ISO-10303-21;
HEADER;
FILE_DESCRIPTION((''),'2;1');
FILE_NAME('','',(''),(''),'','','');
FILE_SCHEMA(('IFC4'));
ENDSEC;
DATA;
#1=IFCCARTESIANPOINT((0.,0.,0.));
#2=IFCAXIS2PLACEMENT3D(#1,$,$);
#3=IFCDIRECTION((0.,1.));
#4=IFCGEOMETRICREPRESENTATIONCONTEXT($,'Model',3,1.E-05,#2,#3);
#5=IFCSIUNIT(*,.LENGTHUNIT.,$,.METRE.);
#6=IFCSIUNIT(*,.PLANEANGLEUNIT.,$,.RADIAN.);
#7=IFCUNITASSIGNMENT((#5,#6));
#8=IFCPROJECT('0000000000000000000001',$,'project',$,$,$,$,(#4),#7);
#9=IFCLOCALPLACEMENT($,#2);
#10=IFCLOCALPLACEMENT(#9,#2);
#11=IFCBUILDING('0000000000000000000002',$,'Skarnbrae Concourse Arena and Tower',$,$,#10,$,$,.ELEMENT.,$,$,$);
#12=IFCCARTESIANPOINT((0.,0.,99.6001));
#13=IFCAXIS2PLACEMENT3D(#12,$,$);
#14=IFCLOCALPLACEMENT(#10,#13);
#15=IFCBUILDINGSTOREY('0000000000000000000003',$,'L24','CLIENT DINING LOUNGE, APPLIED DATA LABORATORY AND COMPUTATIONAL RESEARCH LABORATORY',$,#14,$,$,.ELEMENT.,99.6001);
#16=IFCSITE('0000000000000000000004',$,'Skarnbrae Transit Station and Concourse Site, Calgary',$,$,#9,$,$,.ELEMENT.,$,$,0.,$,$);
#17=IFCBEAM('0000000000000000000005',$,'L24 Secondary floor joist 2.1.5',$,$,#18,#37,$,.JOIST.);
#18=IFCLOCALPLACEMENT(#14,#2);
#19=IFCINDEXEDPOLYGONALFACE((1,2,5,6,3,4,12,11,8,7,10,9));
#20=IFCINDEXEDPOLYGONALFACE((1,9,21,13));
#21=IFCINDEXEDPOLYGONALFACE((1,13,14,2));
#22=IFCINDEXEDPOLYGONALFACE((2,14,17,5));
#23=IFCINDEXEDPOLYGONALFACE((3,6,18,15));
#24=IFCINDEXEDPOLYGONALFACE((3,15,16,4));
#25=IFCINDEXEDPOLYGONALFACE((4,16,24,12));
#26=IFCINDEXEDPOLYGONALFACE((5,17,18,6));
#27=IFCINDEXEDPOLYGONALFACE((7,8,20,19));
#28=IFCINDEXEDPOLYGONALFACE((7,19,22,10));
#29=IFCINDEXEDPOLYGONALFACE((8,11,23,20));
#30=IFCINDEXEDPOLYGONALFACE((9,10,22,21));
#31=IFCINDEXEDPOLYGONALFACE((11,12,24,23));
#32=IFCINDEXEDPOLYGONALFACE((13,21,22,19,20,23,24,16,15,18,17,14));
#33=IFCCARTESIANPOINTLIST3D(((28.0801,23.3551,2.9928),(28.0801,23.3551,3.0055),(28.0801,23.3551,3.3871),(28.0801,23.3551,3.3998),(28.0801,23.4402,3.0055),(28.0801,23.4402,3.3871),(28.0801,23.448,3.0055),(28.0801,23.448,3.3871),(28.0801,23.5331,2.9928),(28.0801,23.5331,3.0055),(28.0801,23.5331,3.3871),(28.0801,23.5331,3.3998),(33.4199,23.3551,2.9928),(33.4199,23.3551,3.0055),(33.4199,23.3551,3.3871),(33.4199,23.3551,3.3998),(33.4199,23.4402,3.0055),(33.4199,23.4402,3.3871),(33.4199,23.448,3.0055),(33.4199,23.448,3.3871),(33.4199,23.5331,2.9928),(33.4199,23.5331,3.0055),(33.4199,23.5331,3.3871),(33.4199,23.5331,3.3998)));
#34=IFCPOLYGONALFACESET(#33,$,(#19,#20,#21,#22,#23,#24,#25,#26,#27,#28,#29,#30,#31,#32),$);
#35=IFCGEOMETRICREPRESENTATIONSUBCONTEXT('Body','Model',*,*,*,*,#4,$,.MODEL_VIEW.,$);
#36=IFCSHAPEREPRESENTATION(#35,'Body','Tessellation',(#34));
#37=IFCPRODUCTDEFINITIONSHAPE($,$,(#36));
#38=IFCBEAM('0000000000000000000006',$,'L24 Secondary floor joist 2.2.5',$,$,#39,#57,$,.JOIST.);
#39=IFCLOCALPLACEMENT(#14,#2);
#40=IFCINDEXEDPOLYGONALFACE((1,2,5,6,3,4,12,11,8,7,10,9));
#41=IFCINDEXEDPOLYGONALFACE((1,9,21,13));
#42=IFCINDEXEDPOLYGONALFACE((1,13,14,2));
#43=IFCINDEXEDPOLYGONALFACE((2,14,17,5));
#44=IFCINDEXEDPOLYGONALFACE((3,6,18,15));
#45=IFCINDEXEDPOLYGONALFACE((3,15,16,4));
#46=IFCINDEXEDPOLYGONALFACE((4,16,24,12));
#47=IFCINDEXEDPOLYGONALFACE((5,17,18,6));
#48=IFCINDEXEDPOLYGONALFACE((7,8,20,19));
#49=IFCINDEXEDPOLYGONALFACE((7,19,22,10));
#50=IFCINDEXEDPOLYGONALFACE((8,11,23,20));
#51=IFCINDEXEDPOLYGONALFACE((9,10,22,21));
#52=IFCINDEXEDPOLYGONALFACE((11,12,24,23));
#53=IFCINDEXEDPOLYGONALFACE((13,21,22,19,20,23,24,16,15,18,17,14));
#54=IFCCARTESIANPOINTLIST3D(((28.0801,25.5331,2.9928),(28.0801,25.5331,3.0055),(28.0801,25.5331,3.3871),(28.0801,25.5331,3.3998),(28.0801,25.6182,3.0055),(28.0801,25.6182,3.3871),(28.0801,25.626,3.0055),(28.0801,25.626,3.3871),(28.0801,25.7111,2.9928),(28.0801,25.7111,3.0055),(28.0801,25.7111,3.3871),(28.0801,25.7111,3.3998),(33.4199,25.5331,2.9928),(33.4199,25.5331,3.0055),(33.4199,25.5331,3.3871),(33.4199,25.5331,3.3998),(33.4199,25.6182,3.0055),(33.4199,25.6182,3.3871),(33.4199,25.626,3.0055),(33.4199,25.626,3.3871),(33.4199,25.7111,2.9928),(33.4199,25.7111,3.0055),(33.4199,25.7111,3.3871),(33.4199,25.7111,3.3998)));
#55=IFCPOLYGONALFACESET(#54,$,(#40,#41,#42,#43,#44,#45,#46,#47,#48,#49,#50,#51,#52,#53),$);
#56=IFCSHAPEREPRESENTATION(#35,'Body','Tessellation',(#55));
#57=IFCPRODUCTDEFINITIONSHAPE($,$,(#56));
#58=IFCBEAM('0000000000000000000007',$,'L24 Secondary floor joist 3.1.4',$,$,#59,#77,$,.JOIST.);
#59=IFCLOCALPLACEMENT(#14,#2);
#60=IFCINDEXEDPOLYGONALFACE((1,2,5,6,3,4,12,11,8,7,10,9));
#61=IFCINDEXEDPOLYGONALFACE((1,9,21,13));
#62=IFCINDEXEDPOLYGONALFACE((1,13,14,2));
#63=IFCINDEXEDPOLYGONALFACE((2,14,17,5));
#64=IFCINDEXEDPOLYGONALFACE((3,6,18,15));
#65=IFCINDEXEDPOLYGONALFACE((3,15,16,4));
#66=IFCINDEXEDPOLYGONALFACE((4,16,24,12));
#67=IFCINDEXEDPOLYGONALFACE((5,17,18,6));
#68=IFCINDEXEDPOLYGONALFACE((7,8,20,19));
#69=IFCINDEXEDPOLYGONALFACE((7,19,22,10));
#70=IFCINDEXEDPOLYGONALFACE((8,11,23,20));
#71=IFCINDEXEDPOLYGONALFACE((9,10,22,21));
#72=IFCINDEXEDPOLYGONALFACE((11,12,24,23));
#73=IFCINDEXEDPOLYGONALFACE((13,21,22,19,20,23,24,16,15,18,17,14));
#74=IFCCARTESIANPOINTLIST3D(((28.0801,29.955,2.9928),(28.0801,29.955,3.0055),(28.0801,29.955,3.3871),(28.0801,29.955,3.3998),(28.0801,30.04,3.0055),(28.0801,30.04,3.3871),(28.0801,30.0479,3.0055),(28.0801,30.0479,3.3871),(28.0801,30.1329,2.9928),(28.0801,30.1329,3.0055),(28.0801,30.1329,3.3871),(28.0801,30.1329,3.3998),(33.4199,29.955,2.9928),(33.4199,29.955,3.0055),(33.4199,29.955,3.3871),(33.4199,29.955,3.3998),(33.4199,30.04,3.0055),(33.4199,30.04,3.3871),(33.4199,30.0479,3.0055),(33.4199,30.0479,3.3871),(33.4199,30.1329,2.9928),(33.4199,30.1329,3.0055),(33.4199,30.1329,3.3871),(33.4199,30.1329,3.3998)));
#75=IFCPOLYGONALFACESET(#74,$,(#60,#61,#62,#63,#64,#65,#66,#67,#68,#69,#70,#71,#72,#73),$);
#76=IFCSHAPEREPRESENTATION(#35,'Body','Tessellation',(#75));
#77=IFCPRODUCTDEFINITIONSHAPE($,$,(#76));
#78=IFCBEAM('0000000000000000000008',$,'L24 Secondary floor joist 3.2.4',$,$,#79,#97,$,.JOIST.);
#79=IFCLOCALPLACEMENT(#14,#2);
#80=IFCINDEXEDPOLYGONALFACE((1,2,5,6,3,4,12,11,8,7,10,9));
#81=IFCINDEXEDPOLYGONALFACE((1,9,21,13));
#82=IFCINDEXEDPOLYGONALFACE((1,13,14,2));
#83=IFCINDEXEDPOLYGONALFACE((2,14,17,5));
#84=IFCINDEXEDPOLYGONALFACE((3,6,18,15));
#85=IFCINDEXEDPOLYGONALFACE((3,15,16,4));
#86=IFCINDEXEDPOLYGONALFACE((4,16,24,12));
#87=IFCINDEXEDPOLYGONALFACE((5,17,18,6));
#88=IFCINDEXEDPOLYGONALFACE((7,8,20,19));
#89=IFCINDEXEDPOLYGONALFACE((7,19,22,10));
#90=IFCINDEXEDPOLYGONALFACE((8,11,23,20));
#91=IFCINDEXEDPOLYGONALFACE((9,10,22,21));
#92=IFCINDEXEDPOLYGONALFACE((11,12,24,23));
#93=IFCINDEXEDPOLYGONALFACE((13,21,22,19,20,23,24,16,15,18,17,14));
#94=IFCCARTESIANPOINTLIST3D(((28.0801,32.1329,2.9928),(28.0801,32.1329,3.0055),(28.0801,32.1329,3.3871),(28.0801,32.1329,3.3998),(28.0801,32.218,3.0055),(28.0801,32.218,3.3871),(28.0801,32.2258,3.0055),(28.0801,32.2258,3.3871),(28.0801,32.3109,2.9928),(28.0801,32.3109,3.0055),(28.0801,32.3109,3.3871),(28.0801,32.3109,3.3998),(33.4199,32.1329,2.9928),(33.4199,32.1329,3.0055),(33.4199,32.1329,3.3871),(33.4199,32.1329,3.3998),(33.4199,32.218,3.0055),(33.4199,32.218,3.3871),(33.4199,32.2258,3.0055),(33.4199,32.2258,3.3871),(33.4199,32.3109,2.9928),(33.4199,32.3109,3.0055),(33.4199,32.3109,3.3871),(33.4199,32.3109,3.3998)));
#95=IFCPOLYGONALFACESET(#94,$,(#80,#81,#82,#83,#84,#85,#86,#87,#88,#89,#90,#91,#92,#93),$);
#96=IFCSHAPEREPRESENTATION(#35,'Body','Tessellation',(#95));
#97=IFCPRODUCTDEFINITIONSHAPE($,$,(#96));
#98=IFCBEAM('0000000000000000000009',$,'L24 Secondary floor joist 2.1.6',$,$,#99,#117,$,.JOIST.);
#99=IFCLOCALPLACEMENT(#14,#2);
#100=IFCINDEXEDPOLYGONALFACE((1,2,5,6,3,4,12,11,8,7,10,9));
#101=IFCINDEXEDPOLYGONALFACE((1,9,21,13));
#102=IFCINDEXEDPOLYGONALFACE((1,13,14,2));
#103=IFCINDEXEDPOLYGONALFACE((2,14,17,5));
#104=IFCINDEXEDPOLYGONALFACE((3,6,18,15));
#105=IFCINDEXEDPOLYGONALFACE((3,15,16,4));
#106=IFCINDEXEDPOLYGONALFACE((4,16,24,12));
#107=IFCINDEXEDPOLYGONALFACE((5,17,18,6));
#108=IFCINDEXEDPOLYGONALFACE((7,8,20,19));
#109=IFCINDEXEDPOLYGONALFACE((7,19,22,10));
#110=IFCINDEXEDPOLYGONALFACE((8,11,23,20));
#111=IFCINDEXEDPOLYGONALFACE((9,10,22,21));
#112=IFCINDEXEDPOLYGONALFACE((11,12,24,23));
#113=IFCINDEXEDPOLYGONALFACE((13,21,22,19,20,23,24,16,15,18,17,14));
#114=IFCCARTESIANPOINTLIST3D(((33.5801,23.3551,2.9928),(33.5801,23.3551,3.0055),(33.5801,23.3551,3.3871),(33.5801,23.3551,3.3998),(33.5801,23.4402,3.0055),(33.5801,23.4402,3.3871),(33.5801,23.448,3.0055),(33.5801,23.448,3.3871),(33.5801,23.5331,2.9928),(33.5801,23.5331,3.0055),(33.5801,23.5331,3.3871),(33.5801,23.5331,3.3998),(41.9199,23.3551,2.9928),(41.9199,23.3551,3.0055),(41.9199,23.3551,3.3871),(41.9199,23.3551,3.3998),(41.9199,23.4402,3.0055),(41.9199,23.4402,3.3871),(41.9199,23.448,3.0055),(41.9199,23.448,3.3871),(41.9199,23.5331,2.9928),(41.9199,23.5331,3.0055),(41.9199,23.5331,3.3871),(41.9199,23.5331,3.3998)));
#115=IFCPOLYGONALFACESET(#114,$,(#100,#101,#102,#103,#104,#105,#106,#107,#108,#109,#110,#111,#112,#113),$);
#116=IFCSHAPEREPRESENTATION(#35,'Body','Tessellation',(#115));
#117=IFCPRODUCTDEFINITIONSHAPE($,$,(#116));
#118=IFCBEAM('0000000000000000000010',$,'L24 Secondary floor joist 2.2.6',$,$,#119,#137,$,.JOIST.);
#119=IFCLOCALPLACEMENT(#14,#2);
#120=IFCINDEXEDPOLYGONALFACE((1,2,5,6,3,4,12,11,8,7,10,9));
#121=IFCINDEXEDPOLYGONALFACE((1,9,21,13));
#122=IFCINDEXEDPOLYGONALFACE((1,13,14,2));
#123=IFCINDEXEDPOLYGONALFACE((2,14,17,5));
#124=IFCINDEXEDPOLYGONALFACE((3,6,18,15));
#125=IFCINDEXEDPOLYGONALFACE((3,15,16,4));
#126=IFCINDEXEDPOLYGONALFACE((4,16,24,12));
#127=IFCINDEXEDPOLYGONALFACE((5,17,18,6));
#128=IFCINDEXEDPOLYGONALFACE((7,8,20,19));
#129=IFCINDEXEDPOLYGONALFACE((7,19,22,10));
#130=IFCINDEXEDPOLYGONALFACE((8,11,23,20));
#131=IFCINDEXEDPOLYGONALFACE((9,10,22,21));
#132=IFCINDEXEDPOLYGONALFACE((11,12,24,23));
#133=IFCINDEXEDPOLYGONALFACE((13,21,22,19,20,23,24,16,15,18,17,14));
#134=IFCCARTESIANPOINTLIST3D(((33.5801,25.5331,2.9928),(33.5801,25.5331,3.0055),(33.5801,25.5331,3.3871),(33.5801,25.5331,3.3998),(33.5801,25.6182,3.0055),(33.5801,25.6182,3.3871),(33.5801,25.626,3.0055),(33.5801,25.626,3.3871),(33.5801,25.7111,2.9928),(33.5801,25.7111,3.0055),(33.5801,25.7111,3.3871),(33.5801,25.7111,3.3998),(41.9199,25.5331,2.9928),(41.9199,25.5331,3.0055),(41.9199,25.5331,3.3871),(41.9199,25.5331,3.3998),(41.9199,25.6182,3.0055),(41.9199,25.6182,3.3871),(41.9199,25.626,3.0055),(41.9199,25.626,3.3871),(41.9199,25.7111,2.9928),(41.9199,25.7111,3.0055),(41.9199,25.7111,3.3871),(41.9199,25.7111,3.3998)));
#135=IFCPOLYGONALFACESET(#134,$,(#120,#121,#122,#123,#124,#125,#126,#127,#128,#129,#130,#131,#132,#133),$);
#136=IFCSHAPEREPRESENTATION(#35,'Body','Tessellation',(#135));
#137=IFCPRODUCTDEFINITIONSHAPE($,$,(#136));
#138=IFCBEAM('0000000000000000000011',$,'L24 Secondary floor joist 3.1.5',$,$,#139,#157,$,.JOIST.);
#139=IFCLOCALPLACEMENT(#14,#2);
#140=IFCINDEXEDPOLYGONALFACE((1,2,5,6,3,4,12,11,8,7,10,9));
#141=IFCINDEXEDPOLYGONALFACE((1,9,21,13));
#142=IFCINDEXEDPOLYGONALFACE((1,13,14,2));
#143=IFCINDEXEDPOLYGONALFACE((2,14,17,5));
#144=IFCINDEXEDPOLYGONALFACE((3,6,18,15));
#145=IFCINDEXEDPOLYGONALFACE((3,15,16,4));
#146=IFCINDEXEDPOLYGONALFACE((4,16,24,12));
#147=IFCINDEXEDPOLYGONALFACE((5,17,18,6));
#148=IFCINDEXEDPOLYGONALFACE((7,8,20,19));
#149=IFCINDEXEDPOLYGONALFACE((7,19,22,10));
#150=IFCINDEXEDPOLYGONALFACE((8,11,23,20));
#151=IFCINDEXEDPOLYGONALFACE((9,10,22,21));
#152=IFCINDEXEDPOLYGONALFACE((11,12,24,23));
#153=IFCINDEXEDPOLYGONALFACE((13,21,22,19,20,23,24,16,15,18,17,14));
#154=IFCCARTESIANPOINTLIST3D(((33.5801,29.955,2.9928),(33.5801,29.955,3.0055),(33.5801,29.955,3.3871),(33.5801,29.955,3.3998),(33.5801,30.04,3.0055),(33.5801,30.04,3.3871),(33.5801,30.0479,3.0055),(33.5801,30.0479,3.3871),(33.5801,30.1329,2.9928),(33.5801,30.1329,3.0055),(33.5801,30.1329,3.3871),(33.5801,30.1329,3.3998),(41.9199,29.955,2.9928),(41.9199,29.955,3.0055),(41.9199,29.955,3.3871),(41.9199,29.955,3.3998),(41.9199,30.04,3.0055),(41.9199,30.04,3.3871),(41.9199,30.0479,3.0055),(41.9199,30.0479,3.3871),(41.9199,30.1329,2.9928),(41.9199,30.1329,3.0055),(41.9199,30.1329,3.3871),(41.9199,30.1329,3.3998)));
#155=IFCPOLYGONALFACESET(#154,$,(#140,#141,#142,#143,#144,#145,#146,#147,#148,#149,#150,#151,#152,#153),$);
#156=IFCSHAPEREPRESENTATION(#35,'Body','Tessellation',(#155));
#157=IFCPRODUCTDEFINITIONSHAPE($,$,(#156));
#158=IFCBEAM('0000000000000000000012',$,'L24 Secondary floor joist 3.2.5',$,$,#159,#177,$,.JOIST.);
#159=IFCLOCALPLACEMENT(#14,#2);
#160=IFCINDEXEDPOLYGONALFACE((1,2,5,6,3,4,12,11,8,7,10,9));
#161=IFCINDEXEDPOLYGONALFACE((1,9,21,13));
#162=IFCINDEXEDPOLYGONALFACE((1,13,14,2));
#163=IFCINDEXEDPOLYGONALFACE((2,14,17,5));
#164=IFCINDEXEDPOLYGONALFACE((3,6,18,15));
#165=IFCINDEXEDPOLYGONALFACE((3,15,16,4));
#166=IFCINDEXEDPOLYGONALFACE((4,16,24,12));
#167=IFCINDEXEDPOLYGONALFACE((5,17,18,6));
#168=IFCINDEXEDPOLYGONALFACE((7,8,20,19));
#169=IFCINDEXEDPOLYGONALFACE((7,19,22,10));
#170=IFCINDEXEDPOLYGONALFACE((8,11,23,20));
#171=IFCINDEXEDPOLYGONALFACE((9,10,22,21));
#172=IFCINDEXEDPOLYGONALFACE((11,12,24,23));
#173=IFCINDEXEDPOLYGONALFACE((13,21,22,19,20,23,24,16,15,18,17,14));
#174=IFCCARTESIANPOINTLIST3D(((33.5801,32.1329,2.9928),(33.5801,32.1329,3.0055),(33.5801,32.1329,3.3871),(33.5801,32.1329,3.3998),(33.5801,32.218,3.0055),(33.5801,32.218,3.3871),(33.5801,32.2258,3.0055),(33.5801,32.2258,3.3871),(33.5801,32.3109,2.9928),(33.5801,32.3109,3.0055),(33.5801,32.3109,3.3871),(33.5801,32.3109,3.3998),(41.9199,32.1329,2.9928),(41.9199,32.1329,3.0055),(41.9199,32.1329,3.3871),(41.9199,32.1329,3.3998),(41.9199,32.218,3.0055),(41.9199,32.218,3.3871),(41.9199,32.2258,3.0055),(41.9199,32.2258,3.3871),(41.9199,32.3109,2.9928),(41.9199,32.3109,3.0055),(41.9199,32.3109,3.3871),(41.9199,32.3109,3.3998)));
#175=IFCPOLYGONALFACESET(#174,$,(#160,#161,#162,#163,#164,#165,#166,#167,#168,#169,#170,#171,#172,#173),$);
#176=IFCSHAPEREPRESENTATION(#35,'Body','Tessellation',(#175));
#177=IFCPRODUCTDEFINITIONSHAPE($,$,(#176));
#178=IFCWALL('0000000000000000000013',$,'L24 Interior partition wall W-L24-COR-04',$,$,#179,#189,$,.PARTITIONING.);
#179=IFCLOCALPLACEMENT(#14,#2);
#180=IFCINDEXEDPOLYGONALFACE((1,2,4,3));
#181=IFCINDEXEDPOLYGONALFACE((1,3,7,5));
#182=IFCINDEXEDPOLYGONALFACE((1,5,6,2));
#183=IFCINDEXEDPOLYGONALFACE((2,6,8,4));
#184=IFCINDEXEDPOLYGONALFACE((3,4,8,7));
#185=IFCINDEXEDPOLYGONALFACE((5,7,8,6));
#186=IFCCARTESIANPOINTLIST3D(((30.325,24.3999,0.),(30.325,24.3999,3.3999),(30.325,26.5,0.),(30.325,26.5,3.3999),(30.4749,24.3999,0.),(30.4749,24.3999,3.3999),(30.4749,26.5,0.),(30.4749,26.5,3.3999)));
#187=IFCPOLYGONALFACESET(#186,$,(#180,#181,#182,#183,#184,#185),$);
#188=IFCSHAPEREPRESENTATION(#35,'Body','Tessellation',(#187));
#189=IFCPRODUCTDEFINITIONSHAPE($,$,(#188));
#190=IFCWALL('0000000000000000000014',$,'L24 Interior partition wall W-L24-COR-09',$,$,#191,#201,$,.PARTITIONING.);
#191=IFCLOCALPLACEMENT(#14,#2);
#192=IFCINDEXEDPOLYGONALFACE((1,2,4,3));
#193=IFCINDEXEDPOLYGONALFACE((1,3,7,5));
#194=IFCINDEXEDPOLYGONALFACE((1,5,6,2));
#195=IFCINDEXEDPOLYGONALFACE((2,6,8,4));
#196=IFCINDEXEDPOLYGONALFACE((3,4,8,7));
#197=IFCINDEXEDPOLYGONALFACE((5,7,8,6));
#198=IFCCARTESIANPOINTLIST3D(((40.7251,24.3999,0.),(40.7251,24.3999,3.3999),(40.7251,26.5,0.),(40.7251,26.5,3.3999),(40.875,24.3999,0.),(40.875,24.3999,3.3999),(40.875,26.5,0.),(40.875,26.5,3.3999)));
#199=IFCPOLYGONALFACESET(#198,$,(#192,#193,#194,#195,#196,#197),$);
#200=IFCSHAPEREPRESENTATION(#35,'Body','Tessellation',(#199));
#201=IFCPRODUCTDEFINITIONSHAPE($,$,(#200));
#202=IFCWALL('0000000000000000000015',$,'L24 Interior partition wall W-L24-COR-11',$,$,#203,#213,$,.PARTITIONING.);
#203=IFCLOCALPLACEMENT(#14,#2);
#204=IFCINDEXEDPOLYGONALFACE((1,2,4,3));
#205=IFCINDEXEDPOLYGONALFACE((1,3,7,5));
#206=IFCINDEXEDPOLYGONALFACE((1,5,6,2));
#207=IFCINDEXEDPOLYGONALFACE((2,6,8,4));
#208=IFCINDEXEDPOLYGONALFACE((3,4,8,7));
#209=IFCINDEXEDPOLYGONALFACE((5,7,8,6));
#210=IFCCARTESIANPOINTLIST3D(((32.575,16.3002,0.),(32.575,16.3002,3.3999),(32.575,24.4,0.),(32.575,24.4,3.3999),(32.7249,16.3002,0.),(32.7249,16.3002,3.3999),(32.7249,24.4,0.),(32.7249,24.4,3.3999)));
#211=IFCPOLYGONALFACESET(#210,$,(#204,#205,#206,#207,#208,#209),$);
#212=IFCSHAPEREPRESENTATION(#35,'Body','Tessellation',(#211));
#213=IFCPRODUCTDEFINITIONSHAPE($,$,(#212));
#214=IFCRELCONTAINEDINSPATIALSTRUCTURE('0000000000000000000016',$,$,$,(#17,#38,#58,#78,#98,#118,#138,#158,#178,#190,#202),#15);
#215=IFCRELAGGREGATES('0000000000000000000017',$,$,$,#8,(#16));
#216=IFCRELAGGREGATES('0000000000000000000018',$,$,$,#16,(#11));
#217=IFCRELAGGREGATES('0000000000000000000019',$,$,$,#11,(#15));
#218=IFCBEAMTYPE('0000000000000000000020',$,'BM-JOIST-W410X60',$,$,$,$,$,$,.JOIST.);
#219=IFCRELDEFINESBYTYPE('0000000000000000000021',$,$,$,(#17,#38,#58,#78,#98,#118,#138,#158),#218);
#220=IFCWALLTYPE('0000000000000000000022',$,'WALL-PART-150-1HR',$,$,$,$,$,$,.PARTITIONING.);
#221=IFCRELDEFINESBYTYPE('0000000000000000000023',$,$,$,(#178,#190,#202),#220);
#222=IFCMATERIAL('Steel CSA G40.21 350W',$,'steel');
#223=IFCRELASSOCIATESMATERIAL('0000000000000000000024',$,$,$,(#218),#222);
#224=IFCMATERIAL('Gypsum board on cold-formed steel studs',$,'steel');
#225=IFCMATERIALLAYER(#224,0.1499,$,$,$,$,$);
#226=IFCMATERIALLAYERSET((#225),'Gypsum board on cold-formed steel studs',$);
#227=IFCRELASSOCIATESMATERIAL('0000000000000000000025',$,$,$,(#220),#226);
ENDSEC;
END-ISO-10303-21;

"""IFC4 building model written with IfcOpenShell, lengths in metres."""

from ifc_helpers import new_model, si_unit, direction, frame, frame_2d, origin, origin_2d, place, context, subcontext, project, spatial, rectangle, i_section, extrude, source, transform, mapped, material, layer, layer_set, material_profile, profile_set, type_object, element, save


model = new_model("IFC4")

# Units and contexts
model_context = context("Model", 3, precision=1e-05, world=origin(), true_north=direction((0.0, 1.0)))
body_context = subcontext(model_context, "Body", "Model", "MODEL_VIEW")
ifc_project = project(units=[si_unit("LENGTHUNIT", "METRE"), si_unit("PLANEANGLEUNIT", "RADIAN")], contexts=[model_context])

# Site, building, storey
site_placement = place(None, origin())
site = spatial("IfcSite", under=ifc_project, at=site_placement, Name="Skarnbrae Transit Station and Concourse Site, Calgary", CompositionType="ELEMENT", RefElevation=0.0)
building_placement = place(site_placement, origin())
building = spatial("IfcBuilding", under=site, at=building_placement, Name="Skarnbrae Concourse Arena and Tower", CompositionType="ELEMENT")
storey_placement = place(building_placement, frame((0.0, 0.0, 99.6001)))
storey = spatial("IfcBuildingStorey", under=building, at=storey_placement, Name="L24", Description="CLIENT DINING LOUNGE, APPLIED DATA LABORATORY AND COMPUTATIONAL RESEARCH LABORATORY", CompositionType="ELEMENT", Elevation=99.6001)

# Shared definitions
ifc_material_1 = material(Name="Steel CSA G40.21 350W", Category="steel")

# Beams
ifc_material_profile_1 = material_profile(ifc_material_1, i_section(OverallWidth=0.178, OverallDepth=0.407, WebThickness=0.0078, FlangeThickness=0.0127, at=origin_2d()), Name="W410X60")
ifc_profile_set_1 = profile_set([ifc_material_profile_1], Name="Steel CSA G40.21 350W")
beam_type_1 = type_object("IfcBeamType", Name="BM-JOIST-W410X60", PredefinedType="JOIST", material=ifc_profile_set_1)
shared_shape_1 = source(origin(), body_context, "Body", "SweptSolid", [
    extrude(i_section(OverallWidth=0.178, OverallDepth=0.407, WebThickness=0.0078, FlangeThickness=0.0127, at=origin_2d()), origin(), (0.0, 0.0, 1.0), 5.3398),
])
for number, where, z_axis, x_axis, name in (
    (1, (28.0801, 23.4441, 3.1963), (1.0, 0.0, 0.0), (0.0, 1.0, 0.0), "L24 Secondary floor joist 2.1.5"),
    (2, (28.0801, 25.6221, 3.1963), (1.0, 0.0, 0.0), (0.0, 1.0, 0.0), "L24 Secondary floor joist 2.2.5"),
    (3, (28.0801, 30.0439, 3.1963), (1.0, 0.0, 0.0), (0.0, 1.0, 0.0), "L24 Secondary floor joist 3.1.4"),
    (4, (28.0801, 32.2219, 3.1963), (1.0, 0.0, 0.0), (0.0, 1.0, 0.0), "L24 Secondary floor joist 3.2.4"),
):
    element("IfcBeam", number, at=place(storey_placement, frame(where, z_axis=z_axis, x_axis=x_axis)), inside=storey, type_object=beam_type_1, Name=name, PredefinedType="JOIST", context=body_context, shape_type="MappedRepresentation", body=[
        mapped(shared_shape_1, transform((0.0, 0.0, 0.0))),
    ])
shared_shape_2 = source(origin(), body_context, "Body", "SweptSolid", [
    extrude(i_section(OverallWidth=0.178, OverallDepth=0.407, WebThickness=0.0078, FlangeThickness=0.0127, at=origin_2d()), origin(), (0.0, 0.0, 1.0), 8.3398),
])
for number, where, z_axis, x_axis, name in (
    (5, (33.5801, 23.4441, 3.1963), (1.0, 0.0, 0.0), (0.0, 1.0, 0.0), "L24 Secondary floor joist 2.1.6"),
    (6, (33.5801, 25.6221, 3.1963), (1.0, 0.0, 0.0), (0.0, 1.0, 0.0), "L24 Secondary floor joist 2.2.6"),
    (7, (33.5801, 30.0439, 3.1963), (1.0, 0.0, 0.0), (0.0, 1.0, 0.0), "L24 Secondary floor joist 3.1.5"),
    (8, (33.5801, 32.2219, 3.1963), (1.0, 0.0, 0.0), (0.0, 1.0, 0.0), "L24 Secondary floor joist 3.2.5"),
):
    element("IfcBeam", number, at=place(storey_placement, frame(where, z_axis=z_axis, x_axis=x_axis)), inside=storey, type_object=beam_type_1, Name=name, PredefinedType="JOIST", context=body_context, shape_type="MappedRepresentation", body=[
        mapped(shared_shape_2, transform((0.0, 0.0, 0.0))),
    ])

# Walls
ifc_material_2 = material(Name="Gypsum board on cold-formed steel studs", Category="steel")
ifc_layer = layer(ifc_material_2, 0.1499)
ifc_layer_set = layer_set([ifc_layer], Name="Gypsum board on cold-formed steel studs")
wall_type = type_object("IfcWallType", Name="WALL-PART-150-1HR", PredefinedType="PARTITIONING", material=ifc_layer_set)
shared_shape_3 = source(origin(), body_context, "Body", "SweptSolid", [
    extrude(rectangle(XDim=2.1001, YDim=0.1499, at=frame_2d((1.05, 0.0))), origin(), (0.0, 0.0, 1.0), 3.3999),
])
for number, where, z_axis, x_axis, name in (
    (9, (30.3999, 24.3999, 0.0), (0.0, 0.0, 1.0), (0.0, 1.0, 0.0), "L24 Interior partition wall W-L24-COR-04"),
    (10, (40.8, 26.5, 0.0), (0.0, 0.0, 1.0), (0.0, -1.0, 0.0), "L24 Interior partition wall W-L24-COR-09"),
):
    element("IfcWall", number, at=place(storey_placement, frame(where, z_axis=z_axis, x_axis=x_axis)), inside=storey, type_object=wall_type, Name=name, PredefinedType="PARTITIONING", context=body_context, shape_type="MappedRepresentation", body=[
        mapped(shared_shape_3, transform((0.0, 0.0, 0.0))),
    ])
shared_shape_4 = source(origin(), body_context, "Body", "SweptSolid", [
    extrude(rectangle(XDim=8.0999, YDim=0.1499, at=frame_2d((4.0498, 0.0))), origin(), (0.0, 0.0, 1.0), 3.3999),
])
wall_1_placement = place(storey_placement, frame((32.6499, 24.3999, 0.0), z_axis=(0.0, 0.0, 1.0), x_axis=(0.0, -1.0, 0.0)))
element("IfcWall", 11, at=wall_1_placement, inside=storey, type_object=wall_type, Name="L24 Interior partition wall W-L24-COR-11", PredefinedType="PARTITIONING", context=body_context, shape_type="MappedRepresentation", body=[
    mapped(shared_shape_4, transform((0.0, 0.0, 0.0))),
])

save(model, "model.ifc")
